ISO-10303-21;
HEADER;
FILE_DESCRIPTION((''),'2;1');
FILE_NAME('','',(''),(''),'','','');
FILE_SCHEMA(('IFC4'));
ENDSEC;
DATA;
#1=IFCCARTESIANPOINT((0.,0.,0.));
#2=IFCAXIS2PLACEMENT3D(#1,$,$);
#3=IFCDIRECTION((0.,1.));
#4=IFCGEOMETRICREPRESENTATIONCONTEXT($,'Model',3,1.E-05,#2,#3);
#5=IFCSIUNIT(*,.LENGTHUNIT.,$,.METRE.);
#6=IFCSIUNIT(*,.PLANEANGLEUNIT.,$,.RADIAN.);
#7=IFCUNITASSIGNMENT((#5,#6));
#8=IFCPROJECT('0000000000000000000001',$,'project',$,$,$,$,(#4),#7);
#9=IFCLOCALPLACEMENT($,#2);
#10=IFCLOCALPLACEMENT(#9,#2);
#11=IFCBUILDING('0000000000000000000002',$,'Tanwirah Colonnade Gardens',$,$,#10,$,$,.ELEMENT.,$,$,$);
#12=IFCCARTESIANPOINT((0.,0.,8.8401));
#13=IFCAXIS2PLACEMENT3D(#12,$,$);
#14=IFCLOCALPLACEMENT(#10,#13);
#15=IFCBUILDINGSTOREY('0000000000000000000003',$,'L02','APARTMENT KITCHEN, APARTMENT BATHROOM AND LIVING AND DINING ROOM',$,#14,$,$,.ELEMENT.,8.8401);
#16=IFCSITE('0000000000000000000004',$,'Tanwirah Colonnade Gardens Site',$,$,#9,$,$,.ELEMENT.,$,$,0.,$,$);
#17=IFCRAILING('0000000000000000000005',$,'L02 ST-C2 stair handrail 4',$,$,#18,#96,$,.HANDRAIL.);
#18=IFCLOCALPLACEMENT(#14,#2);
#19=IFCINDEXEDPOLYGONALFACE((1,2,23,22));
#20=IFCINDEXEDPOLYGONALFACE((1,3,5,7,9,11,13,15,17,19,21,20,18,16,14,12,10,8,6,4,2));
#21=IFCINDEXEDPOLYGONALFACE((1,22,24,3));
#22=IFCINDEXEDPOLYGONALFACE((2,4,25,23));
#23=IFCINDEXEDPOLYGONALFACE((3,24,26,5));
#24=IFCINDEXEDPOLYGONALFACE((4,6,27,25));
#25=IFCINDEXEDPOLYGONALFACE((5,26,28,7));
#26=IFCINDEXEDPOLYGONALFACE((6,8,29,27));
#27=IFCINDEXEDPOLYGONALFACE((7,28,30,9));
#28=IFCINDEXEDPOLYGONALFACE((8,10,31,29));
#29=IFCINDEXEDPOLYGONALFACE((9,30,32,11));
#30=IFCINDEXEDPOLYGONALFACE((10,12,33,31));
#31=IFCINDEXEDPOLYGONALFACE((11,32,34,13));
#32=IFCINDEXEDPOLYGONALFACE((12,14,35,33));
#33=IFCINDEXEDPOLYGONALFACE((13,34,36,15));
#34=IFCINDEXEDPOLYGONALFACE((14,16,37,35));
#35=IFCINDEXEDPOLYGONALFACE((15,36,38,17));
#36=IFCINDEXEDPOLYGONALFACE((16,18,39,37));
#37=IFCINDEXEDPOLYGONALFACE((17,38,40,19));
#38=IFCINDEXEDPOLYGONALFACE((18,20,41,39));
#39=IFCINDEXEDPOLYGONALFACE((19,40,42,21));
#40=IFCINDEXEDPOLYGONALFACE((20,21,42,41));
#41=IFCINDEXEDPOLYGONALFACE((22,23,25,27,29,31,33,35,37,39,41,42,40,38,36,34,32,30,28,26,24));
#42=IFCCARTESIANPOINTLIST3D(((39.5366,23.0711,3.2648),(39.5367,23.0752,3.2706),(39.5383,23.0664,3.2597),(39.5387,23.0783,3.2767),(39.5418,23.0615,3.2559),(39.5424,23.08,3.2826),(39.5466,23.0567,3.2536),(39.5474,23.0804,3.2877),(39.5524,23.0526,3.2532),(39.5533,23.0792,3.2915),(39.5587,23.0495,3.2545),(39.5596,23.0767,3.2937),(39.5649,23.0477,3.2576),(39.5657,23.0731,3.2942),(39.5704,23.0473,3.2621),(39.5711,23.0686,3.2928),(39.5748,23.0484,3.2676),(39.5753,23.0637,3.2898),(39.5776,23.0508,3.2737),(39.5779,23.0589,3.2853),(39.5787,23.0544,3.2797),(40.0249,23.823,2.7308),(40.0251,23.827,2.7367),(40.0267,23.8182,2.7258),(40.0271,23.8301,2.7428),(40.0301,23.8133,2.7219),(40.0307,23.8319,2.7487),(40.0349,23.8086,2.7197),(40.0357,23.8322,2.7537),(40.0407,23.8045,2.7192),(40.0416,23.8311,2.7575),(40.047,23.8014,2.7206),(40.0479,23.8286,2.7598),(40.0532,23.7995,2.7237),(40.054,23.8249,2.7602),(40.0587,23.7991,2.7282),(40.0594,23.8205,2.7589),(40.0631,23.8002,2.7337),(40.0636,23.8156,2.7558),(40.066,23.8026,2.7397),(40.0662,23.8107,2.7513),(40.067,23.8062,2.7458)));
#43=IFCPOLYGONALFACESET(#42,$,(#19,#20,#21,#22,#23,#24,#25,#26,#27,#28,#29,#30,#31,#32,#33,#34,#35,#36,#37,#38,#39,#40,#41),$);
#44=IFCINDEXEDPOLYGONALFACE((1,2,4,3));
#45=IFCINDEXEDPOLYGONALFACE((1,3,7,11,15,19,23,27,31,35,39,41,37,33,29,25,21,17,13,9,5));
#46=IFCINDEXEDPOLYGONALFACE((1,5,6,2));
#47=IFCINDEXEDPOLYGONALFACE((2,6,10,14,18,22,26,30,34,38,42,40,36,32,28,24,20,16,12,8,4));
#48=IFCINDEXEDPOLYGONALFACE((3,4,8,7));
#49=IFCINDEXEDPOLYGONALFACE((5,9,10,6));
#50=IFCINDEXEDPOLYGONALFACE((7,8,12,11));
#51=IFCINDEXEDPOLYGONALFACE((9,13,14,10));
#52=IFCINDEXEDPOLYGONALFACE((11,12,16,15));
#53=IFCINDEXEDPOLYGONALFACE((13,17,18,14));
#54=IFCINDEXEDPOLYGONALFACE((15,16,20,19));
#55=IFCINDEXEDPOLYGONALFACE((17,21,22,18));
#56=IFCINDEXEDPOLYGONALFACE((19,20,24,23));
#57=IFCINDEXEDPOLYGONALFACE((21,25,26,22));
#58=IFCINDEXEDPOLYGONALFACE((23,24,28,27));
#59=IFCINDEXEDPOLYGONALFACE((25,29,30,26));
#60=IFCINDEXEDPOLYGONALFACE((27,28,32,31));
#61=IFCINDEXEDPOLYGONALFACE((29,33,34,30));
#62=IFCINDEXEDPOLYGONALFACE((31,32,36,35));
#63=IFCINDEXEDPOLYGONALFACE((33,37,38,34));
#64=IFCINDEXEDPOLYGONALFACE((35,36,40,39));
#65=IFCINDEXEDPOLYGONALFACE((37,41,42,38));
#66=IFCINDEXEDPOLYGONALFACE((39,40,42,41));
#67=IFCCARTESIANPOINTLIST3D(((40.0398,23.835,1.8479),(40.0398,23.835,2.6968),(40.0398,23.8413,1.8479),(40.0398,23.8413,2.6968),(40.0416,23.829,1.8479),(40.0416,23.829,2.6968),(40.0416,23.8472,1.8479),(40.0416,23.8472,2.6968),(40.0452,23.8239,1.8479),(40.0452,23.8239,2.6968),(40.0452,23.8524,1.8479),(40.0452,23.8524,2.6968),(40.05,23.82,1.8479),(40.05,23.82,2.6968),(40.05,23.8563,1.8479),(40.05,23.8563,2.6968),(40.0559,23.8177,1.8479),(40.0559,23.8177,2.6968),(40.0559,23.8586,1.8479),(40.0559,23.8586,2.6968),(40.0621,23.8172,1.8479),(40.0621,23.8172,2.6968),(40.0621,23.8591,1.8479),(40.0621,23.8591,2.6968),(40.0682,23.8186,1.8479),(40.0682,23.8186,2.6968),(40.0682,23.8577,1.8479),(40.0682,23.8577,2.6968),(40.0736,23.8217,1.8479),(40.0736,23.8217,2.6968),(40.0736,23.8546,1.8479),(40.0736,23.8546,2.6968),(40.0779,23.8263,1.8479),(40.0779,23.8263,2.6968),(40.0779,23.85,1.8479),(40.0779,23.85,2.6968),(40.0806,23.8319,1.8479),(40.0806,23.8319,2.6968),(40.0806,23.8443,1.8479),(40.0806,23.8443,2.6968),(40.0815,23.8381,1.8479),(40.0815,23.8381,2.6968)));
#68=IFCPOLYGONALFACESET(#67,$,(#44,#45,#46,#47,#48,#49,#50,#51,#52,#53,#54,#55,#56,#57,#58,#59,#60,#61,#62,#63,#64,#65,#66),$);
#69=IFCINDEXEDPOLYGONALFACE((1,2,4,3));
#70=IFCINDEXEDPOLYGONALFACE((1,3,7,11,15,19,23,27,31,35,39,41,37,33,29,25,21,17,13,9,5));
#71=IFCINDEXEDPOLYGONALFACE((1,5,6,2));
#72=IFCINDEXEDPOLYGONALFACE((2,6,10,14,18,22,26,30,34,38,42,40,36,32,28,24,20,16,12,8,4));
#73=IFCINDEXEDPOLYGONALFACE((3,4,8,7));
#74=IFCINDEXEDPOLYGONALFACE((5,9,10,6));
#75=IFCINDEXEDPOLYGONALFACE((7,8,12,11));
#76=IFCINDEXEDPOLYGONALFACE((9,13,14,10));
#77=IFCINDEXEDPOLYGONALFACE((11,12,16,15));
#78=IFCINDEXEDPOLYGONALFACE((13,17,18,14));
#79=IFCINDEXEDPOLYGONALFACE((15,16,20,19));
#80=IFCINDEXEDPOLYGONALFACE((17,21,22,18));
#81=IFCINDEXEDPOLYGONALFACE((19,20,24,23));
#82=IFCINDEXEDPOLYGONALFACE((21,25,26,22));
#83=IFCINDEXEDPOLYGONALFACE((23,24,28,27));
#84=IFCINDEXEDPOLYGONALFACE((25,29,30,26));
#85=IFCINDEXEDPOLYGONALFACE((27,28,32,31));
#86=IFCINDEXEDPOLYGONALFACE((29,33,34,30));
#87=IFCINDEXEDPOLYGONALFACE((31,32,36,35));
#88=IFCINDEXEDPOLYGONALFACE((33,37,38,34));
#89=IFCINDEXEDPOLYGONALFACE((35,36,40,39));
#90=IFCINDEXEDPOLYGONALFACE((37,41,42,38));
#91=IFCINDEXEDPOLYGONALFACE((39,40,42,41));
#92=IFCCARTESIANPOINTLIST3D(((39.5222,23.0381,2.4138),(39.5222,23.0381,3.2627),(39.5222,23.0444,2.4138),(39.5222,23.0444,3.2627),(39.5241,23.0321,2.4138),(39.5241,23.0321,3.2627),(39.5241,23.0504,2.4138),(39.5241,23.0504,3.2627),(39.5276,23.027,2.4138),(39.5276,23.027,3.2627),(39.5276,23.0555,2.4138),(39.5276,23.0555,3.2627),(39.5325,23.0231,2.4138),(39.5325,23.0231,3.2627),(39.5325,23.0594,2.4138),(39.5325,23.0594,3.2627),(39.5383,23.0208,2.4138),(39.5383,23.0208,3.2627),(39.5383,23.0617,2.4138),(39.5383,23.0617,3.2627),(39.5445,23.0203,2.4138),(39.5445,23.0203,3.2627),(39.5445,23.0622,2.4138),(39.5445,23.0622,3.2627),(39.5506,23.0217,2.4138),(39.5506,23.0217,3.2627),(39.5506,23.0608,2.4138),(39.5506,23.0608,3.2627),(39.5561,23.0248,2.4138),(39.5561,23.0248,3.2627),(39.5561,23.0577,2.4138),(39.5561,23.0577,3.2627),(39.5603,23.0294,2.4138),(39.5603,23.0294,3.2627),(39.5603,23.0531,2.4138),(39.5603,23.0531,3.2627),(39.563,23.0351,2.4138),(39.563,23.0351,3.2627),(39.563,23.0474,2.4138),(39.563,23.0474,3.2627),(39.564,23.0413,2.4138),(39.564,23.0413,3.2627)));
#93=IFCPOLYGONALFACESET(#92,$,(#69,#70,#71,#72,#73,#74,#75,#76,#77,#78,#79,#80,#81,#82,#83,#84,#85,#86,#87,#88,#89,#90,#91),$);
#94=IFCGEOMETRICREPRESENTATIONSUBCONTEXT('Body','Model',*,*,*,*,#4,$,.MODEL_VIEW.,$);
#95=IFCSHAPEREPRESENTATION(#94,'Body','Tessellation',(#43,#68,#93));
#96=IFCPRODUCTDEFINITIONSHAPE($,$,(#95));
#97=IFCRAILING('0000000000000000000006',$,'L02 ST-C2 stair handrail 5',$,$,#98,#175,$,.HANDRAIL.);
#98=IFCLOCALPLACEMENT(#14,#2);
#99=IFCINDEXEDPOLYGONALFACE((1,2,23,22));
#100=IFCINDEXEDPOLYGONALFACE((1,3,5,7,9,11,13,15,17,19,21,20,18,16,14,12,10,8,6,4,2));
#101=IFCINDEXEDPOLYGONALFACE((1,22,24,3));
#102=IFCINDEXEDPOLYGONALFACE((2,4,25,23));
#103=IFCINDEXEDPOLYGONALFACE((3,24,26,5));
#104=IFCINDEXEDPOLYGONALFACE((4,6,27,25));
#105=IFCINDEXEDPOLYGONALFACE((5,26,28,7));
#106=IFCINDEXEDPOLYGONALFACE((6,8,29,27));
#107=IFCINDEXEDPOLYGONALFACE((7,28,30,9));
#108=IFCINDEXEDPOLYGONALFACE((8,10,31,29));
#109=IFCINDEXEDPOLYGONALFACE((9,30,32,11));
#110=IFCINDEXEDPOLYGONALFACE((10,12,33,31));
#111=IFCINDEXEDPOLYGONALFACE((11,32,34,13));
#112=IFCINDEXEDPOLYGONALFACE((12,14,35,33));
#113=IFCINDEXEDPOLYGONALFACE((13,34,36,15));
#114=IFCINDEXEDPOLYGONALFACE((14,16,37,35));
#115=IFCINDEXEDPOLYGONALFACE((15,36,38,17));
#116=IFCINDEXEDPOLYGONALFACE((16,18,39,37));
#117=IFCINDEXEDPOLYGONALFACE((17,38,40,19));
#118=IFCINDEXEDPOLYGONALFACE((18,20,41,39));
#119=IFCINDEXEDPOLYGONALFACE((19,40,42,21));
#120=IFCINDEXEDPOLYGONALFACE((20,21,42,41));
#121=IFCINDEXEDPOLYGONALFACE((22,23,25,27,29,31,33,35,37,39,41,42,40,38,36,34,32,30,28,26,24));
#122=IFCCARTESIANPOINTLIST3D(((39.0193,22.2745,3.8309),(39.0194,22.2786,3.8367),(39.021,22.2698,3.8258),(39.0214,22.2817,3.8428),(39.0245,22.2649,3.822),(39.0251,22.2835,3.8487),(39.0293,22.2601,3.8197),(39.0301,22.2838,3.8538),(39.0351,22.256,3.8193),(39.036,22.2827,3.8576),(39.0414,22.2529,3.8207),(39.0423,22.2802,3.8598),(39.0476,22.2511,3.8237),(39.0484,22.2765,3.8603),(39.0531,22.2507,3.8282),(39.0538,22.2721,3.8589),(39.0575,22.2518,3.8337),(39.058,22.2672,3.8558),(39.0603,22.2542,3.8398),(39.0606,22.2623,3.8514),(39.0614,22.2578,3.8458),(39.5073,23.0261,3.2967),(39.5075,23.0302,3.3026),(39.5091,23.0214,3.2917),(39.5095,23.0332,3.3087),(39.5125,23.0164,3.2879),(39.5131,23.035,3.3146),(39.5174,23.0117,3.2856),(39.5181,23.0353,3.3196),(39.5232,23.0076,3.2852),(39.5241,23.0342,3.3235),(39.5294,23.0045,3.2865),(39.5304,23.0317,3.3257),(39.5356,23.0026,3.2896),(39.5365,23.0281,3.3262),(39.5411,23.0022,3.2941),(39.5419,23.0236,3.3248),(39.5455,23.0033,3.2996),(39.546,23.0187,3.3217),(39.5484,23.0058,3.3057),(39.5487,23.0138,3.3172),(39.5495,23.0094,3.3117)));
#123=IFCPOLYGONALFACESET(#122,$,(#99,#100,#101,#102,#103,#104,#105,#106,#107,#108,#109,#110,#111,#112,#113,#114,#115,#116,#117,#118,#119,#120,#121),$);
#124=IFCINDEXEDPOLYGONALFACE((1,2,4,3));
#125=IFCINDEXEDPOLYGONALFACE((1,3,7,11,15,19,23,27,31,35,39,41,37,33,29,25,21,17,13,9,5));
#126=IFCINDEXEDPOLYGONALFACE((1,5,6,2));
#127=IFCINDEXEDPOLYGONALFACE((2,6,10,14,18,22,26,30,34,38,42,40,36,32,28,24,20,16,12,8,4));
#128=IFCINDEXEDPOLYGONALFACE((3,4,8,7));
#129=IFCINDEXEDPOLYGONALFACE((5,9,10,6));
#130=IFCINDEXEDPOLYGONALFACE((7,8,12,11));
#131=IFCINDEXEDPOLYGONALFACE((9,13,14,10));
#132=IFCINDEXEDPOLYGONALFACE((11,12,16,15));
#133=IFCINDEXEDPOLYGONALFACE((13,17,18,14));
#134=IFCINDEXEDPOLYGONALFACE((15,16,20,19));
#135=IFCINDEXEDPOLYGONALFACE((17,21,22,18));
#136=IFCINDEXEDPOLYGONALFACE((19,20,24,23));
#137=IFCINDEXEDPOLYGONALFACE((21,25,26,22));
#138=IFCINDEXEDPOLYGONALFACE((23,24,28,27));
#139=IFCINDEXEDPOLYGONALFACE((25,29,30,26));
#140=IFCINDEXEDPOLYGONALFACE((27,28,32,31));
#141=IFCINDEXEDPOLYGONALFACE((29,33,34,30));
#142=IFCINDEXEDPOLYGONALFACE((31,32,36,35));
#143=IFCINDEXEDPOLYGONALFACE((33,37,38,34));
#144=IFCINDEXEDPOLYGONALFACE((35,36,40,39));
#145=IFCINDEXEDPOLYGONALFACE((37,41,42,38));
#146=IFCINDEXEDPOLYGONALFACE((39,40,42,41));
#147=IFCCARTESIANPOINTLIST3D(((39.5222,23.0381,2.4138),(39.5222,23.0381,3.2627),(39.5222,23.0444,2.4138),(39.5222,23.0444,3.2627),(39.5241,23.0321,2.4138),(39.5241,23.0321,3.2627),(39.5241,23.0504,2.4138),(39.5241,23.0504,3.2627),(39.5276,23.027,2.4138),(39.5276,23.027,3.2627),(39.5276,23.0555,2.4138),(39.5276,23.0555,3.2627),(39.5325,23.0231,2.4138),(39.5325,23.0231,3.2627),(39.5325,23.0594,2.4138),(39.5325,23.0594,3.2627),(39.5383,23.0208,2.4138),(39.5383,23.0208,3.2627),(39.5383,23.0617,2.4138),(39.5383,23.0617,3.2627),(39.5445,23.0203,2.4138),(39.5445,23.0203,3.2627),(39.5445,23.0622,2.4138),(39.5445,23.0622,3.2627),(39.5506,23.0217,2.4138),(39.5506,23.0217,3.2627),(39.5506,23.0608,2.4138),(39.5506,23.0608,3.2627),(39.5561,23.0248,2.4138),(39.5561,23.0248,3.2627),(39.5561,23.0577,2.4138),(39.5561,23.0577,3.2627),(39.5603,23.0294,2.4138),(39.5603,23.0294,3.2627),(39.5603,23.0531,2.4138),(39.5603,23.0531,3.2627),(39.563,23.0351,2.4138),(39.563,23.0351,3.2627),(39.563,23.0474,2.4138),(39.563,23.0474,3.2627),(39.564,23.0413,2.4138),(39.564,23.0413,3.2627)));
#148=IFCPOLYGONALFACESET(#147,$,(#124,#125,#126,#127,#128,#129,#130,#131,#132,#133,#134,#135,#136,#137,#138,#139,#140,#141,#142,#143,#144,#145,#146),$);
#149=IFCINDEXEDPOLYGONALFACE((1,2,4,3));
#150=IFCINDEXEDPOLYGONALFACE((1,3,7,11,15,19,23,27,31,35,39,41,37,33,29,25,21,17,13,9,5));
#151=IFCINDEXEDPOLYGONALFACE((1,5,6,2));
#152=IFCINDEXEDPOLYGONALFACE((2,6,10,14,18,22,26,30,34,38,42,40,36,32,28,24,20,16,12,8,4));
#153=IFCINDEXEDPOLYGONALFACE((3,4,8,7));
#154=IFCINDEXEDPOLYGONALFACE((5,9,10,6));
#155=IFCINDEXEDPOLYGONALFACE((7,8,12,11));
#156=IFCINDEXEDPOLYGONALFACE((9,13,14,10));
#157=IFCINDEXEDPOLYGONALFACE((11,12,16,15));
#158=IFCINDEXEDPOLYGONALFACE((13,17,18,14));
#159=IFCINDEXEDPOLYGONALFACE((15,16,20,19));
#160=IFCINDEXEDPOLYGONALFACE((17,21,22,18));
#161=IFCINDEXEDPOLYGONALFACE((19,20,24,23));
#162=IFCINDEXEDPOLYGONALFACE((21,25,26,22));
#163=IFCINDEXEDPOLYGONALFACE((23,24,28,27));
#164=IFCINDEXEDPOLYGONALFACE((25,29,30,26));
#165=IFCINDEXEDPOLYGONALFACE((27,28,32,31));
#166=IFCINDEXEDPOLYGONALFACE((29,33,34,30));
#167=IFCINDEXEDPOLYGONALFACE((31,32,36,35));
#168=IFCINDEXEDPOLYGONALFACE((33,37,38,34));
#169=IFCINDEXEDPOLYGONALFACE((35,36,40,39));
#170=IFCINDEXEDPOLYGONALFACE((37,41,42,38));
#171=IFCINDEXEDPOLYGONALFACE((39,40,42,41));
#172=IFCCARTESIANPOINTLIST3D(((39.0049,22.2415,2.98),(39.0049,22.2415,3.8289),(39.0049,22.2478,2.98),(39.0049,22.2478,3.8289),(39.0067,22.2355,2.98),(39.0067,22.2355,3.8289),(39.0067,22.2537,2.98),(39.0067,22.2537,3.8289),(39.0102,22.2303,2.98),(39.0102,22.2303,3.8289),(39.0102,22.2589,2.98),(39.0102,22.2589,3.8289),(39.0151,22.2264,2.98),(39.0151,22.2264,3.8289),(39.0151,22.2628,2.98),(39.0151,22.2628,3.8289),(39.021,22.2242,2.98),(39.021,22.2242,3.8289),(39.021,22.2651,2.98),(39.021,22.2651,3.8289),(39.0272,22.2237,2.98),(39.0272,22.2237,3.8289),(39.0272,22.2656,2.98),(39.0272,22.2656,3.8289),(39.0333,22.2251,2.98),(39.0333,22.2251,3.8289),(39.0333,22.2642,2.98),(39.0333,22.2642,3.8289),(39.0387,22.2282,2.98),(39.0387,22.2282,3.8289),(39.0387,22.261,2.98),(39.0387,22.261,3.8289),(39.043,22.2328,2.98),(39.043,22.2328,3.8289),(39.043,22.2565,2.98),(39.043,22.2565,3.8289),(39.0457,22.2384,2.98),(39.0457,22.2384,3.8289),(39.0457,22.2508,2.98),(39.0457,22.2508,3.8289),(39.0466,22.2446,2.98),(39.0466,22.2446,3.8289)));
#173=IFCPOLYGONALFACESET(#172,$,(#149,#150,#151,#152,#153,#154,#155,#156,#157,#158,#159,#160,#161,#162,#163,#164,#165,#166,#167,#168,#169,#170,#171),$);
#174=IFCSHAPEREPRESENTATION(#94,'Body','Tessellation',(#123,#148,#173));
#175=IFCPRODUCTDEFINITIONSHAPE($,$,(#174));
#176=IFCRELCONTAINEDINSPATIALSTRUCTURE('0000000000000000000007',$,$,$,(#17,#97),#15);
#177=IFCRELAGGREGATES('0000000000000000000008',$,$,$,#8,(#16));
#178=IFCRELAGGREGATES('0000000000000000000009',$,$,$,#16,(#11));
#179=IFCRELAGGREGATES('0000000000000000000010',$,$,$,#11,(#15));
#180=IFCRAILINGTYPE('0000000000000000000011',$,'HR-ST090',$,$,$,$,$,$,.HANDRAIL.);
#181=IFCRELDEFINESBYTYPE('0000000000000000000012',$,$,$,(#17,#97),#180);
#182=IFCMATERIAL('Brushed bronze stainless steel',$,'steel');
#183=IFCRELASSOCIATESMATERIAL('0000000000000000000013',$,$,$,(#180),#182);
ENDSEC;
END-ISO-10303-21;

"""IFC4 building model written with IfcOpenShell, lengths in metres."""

from ifc_helpers import new_model, si_unit, direction, frame, origin, origin_2d, place, context, subcontext, project, spatial, circle, extrude, material, type_object, element, save


model = new_model("IFC4")

# Units and contexts
model_context = context("Model", 3, precision=1e-05, world=origin(), true_north=direction((0.0, 1.0)))
body_context = subcontext(model_context, "Body", "Model", "MODEL_VIEW")
ifc_project = project(units=[si_unit("LENGTHUNIT", "METRE"), si_unit("PLANEANGLEUNIT", "RADIAN")], contexts=[model_context])

# Site, building, storey
site_placement = place(None, origin())
site = spatial("IfcSite", under=ifc_project, at=site_placement, Name="Tanwirah Colonnade Gardens Site", CompositionType="ELEMENT", RefElevation=0.0)
building_placement = place(site_placement, origin())
building = spatial("IfcBuilding", under=site, at=building_placement, Name="Tanwirah Colonnade Gardens", CompositionType="ELEMENT")
storey_placement = place(building_placement, frame((0.0, 0.0, 8.8401)))
storey = spatial("IfcBuildingStorey", under=building, at=storey_placement, Name="L02", Description="APARTMENT KITCHEN, APARTMENT BATHROOM AND LIVING AND DINING ROOM", CompositionType="ELEMENT", Elevation=8.8401)

# Railings
ifc_material_1 = material(Name="Brushed bronze stainless steel", Category="steel")
railing_type_1 = type_object("IfcRailingType", Name="HR-ST090", PredefinedType="HANDRAIL", material=ifc_material_1)
railing_1_placement = place(storey_placement, frame((40.0605, 23.8381, 1.8479)))
element("IfcRailing", 1, at=railing_1_placement, inside=storey, type_object=railing_type_1, Name="L02 ST-C2 stair handrail 4", PredefinedType="HANDRAIL", context=body_context, shape_type="SweptSolid", body=[
    extrude(circle(Radius=0.0239, at=origin_2d()), frame((-0.0146, -0.0225, 0.8918), z_axis=(-0.467988, -0.720524, 0.511696), x_axis=(0.838631, -0.544699, 0.0)), (0.0, 0.0, 1.0), 1.0435),
    extrude(circle(Radius=0.021, at=origin_2d()), origin(), (0.0, 0.0, 1.0), 0.8489),
    extrude(circle(Radius=0.021, at=origin_2d()), frame((-0.5176, -0.7969, 0.5659)), (0.0, 0.0, 1.0), 0.8489),
])
railing_2_placement = place(storey_placement, frame((39.543, 23.0413, 2.4138)))
element("IfcRailing", 2, at=railing_2_placement, inside=storey, type_object=railing_type_1, Name="L02 ST-C2 stair handrail 5", PredefinedType="HANDRAIL", context=body_context, shape_type="SweptSolid", body=[
    extrude(circle(Radius=0.0239, at=origin_2d()), frame((-0.0146, -0.0225, 0.8918), z_axis=(-0.467837, -0.720411, 0.511993), x_axis=(0.838673, -0.544636, 0.0)), (0.0, 0.0, 1.0), 1.0432),
    extrude(circle(Radius=0.021, at=origin_2d()), origin(), (0.0, 0.0, 1.0), 0.8489),
    extrude(circle(Radius=0.021, at=origin_2d()), frame((-0.5173, -0.7966, 0.5662)), (0.0, 0.0, 1.0), 0.8489),
])

save(model, "model.ifc")
